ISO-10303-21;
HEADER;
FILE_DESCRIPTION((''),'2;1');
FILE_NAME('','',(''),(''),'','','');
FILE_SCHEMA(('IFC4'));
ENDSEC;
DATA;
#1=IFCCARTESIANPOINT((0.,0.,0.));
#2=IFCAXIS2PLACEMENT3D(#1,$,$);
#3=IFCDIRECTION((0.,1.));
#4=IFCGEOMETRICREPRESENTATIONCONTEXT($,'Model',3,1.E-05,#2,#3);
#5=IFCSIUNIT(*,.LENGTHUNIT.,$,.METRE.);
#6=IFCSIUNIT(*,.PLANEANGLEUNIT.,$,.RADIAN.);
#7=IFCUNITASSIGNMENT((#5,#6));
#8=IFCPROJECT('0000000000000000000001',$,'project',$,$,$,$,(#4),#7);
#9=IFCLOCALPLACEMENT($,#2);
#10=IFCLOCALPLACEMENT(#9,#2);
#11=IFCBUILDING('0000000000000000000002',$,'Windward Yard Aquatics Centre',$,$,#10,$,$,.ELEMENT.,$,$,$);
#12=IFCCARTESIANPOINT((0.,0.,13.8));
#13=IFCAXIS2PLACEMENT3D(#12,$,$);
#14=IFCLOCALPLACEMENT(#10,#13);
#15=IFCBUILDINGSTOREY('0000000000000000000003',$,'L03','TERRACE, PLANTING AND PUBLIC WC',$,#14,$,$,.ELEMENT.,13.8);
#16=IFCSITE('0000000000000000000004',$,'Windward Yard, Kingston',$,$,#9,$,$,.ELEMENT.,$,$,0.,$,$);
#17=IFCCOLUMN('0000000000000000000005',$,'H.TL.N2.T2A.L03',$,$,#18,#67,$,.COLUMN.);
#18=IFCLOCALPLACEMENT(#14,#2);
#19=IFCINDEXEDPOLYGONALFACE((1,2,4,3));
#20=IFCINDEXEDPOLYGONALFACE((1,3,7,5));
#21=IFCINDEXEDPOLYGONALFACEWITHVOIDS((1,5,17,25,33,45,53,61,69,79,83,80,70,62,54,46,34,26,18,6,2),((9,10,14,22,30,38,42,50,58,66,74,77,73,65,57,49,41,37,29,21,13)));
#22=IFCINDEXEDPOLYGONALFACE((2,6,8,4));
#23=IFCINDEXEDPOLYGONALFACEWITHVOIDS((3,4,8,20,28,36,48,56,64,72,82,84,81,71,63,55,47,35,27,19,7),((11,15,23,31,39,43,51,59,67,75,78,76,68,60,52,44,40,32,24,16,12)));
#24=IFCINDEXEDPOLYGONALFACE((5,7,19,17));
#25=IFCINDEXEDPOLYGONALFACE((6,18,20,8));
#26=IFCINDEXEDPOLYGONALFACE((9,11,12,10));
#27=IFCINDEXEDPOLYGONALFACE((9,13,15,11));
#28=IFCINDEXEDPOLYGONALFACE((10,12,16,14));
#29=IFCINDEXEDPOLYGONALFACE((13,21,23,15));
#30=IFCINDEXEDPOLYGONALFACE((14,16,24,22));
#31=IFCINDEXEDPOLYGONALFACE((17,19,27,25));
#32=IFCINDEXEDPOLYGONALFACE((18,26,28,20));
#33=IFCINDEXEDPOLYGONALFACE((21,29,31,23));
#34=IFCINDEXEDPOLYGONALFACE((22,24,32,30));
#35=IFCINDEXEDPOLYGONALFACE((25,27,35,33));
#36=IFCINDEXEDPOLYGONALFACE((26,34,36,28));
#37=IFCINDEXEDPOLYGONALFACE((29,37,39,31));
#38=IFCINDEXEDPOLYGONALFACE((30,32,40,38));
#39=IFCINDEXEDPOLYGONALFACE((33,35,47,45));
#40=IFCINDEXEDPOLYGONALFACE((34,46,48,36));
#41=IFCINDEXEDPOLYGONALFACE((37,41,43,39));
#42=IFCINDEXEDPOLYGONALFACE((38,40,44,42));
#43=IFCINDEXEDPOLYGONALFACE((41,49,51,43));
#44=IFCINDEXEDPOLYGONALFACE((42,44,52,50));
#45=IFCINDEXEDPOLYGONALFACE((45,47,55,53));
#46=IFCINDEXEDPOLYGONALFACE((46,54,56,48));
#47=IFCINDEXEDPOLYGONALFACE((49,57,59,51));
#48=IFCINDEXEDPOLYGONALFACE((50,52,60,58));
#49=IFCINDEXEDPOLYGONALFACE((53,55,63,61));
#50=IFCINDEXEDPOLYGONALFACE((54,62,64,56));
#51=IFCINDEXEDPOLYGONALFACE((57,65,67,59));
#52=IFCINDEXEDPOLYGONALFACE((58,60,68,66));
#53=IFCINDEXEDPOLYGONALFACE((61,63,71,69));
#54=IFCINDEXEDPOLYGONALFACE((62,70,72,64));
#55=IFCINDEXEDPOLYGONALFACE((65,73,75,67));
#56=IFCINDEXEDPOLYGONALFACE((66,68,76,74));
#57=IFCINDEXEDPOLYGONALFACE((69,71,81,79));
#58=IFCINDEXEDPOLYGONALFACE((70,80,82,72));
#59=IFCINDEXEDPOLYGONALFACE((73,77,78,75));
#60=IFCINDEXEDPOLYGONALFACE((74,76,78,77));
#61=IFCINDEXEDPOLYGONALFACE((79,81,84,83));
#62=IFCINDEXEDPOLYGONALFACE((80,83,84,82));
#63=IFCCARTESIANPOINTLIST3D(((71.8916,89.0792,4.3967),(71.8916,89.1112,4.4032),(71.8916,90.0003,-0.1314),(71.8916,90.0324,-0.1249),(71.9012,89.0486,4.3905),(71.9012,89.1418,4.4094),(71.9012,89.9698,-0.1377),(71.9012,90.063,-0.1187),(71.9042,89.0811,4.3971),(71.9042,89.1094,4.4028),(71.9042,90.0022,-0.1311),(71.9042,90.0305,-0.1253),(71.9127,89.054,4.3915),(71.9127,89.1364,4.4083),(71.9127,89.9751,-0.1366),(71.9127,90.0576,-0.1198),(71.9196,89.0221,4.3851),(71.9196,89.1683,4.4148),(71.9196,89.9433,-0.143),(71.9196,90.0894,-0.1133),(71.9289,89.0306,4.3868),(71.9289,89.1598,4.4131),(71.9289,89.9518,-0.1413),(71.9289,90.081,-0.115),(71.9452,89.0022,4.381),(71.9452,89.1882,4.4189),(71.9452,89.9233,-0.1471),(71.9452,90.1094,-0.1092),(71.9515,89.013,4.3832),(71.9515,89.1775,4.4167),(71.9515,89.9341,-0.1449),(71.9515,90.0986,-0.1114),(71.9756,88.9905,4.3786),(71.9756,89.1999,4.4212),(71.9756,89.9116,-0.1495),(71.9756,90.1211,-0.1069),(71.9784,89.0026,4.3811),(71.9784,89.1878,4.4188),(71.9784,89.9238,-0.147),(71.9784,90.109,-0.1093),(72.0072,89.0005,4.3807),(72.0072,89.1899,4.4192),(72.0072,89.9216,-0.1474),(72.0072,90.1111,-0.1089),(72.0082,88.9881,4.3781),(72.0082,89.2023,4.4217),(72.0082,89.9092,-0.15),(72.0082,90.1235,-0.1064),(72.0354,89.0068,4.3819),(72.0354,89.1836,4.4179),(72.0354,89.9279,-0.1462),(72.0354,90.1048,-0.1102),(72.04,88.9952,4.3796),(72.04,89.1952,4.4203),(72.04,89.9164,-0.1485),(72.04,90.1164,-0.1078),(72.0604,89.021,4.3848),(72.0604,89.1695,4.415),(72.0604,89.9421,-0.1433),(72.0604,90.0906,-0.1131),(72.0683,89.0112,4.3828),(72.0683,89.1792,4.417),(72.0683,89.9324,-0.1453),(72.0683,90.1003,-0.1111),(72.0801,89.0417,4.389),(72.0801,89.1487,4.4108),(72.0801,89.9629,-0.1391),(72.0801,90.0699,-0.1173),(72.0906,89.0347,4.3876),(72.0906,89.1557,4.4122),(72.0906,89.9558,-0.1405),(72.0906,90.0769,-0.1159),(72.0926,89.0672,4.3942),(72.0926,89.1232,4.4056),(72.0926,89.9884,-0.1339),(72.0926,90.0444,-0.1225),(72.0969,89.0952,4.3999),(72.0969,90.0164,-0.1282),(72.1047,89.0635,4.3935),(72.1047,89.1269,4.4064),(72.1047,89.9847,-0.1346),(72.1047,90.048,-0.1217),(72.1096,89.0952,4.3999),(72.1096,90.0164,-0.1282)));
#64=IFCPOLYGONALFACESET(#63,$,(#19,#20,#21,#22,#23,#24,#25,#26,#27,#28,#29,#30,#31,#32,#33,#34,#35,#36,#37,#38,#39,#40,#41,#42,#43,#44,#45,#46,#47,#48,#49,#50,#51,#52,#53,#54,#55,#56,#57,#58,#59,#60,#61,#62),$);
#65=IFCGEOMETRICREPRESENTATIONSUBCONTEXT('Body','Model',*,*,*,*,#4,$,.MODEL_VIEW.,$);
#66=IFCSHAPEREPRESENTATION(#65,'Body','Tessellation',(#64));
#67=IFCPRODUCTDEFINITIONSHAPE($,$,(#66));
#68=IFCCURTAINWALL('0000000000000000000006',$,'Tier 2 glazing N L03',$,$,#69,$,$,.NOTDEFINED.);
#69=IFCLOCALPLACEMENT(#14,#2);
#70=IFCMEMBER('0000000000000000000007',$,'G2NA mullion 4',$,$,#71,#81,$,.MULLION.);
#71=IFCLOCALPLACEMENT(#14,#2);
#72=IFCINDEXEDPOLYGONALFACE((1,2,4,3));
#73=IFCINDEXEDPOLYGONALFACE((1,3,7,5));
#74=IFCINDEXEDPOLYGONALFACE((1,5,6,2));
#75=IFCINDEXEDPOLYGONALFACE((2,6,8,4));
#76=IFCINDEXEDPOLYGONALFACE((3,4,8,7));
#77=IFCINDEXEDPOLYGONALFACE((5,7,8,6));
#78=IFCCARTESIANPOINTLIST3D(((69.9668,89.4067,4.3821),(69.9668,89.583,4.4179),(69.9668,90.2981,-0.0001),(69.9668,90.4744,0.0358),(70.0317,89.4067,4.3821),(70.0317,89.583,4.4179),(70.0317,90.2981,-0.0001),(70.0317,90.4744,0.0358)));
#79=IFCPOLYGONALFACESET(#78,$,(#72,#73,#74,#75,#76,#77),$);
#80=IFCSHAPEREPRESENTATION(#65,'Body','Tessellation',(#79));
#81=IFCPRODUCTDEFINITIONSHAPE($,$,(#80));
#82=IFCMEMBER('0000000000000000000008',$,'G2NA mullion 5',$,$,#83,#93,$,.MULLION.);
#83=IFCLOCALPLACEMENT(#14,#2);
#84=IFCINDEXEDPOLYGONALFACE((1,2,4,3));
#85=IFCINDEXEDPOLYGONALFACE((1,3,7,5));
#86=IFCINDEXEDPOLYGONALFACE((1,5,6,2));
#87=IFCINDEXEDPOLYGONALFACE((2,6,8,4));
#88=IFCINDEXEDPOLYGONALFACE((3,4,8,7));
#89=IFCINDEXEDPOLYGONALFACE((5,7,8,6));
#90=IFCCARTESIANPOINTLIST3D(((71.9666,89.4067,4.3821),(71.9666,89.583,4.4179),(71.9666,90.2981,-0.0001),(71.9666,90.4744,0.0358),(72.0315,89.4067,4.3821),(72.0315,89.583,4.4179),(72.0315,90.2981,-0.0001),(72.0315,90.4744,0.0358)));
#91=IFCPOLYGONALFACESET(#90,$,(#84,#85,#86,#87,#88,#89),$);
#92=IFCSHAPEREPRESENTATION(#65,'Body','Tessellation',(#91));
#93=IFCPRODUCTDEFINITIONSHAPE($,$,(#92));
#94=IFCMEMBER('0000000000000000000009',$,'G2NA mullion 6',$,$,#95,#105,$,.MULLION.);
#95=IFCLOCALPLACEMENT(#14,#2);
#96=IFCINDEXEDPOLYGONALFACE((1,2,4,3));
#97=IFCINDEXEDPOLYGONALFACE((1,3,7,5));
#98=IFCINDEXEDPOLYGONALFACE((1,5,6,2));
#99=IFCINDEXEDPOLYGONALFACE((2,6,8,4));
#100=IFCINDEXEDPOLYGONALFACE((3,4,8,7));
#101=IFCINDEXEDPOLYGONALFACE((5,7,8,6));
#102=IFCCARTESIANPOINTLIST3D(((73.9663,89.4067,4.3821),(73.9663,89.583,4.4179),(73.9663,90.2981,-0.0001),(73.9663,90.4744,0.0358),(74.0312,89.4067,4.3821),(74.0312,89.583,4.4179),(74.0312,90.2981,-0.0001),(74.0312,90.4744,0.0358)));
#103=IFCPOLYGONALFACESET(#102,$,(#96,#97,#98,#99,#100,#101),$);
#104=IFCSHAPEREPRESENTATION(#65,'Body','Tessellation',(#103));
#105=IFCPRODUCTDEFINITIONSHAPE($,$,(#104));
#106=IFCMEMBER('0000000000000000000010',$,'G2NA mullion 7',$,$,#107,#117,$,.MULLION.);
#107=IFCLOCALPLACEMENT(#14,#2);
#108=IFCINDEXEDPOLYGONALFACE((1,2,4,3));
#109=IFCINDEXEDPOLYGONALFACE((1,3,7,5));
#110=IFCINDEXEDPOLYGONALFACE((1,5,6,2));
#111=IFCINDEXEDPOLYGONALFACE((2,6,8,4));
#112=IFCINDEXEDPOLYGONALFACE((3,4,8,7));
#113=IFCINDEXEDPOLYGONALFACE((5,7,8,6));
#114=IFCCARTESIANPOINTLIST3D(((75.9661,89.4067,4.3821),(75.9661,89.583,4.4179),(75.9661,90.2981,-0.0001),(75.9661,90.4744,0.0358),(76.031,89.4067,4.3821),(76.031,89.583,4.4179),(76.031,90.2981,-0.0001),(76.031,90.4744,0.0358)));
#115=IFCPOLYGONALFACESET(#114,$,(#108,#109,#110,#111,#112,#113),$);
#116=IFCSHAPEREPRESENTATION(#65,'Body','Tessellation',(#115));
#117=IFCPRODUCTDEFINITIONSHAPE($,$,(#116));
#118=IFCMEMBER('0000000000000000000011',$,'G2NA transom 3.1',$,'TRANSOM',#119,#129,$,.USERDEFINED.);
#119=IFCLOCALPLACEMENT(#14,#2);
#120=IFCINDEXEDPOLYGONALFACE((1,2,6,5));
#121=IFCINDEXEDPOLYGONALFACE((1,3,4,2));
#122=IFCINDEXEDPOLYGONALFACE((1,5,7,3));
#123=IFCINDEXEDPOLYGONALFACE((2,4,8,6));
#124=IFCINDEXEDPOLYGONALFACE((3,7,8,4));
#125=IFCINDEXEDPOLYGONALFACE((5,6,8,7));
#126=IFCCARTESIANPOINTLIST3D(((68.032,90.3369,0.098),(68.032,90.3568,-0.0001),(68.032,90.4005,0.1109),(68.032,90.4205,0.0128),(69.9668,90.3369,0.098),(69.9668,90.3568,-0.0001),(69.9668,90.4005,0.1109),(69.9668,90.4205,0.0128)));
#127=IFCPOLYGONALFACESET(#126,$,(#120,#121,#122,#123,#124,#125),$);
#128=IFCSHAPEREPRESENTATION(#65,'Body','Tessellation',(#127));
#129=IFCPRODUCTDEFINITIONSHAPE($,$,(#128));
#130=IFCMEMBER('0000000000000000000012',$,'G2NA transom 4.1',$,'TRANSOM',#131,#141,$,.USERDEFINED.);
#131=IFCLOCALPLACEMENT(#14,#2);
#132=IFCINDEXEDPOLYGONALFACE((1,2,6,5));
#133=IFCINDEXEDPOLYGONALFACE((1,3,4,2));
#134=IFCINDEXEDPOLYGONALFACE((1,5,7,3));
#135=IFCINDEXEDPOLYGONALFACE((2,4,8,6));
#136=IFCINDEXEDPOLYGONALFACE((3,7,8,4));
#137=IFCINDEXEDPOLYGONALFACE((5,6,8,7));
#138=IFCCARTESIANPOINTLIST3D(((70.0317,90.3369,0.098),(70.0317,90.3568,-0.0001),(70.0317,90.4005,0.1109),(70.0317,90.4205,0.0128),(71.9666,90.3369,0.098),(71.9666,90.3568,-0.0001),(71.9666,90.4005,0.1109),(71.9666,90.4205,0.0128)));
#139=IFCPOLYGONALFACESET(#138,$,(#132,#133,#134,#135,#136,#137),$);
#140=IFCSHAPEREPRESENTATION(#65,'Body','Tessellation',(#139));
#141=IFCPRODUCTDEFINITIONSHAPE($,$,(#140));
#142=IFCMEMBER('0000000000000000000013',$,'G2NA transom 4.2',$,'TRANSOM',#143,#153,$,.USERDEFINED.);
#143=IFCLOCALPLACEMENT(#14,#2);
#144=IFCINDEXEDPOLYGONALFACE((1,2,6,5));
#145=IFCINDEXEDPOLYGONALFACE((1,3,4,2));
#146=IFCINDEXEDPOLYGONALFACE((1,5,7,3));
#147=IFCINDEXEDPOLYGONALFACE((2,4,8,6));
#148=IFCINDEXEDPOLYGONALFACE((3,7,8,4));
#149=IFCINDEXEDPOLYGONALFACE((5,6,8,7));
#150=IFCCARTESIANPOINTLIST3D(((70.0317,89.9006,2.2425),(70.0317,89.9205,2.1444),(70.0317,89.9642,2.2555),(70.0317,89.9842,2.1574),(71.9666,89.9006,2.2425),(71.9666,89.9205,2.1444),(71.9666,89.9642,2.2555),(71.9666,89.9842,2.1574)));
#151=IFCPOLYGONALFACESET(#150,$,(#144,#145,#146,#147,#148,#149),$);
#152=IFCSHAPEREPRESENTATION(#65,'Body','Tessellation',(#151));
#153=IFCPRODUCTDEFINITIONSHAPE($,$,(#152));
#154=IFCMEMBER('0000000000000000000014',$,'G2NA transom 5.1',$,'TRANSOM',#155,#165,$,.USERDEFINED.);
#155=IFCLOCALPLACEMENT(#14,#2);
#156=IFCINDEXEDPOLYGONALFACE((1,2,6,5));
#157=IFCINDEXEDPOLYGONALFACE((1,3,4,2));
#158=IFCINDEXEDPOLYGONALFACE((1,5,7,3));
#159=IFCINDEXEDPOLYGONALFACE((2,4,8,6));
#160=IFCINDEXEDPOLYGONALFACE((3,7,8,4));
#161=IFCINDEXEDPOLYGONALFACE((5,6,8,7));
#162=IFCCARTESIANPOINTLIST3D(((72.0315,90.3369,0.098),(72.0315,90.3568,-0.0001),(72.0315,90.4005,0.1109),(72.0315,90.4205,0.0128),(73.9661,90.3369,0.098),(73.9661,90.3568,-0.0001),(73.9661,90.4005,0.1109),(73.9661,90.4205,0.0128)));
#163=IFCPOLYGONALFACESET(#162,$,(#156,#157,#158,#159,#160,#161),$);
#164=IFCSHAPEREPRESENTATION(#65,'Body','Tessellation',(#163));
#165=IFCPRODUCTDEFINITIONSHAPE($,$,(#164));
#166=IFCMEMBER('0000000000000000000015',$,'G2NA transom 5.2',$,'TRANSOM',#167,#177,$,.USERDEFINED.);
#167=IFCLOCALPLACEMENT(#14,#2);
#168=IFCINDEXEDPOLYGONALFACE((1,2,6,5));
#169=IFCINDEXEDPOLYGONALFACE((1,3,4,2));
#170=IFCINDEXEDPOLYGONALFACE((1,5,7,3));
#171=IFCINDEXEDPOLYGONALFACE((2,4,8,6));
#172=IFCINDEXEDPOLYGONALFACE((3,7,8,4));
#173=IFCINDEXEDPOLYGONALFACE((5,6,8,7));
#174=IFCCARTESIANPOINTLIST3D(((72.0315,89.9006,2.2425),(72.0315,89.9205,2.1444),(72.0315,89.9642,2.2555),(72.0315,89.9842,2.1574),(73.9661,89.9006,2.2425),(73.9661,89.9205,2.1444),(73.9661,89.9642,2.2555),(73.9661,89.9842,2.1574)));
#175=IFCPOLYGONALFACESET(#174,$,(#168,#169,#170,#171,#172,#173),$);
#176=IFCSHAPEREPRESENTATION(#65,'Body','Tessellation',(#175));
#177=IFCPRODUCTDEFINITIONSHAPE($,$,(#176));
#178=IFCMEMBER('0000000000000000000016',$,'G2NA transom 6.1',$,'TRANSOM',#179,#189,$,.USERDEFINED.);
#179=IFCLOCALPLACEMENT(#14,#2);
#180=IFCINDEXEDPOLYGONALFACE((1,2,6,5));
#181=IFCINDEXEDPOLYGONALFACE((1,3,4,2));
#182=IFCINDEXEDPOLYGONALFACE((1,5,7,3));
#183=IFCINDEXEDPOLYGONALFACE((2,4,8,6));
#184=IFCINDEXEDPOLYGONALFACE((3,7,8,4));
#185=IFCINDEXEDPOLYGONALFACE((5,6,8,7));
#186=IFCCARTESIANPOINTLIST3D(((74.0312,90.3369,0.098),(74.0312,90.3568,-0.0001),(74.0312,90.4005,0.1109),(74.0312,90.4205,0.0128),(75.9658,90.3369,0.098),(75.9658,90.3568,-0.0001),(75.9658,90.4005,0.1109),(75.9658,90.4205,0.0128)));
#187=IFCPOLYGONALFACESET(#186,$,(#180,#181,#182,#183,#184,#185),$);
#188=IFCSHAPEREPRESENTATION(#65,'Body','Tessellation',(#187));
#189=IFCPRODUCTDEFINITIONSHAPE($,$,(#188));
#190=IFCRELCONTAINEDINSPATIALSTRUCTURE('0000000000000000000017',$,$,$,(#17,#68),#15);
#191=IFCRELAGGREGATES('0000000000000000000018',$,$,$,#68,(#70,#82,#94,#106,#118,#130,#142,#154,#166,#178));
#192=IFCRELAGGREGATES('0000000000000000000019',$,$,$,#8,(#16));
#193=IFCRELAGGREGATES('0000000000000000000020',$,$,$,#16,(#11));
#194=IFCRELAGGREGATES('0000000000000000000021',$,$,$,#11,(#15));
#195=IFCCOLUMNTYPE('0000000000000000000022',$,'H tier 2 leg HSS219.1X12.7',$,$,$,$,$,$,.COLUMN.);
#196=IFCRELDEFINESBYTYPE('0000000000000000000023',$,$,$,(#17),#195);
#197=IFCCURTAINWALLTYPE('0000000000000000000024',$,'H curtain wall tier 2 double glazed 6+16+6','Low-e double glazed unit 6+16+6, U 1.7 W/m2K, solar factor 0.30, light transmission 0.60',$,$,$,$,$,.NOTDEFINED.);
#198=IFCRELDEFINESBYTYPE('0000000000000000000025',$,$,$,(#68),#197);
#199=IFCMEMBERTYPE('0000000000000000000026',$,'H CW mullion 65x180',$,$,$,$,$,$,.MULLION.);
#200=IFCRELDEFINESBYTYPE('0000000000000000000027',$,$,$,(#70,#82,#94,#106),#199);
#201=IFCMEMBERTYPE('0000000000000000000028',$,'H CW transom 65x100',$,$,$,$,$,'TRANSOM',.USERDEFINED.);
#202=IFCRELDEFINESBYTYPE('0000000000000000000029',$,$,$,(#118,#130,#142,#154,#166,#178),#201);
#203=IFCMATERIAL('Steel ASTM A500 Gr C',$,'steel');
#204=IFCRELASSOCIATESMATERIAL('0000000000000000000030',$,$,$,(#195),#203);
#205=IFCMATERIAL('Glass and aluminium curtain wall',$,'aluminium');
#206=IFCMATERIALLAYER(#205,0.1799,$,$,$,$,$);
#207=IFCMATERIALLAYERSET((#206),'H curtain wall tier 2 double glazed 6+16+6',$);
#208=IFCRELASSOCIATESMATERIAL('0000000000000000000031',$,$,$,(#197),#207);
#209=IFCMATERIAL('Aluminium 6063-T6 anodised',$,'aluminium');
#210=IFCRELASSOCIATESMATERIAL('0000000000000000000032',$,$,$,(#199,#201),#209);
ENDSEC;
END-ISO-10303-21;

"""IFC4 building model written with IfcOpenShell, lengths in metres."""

from ifc_helpers import new_model, si_unit, direction, frame, origin, origin_2d, place, context, subcontext, project, spatial, rectangle, hollow_circle, extrude, material, layer, layer_set, material_profile, profile_set, type_object, element, aggregate, save


model = new_model("IFC4")

# Units and contexts
model_context = context("Model", 3, precision=1e-05, world=origin(), true_north=direction((0.0, 1.0)))
body_context = subcontext(model_context, "Body", "Model", "MODEL_VIEW")
ifc_project = project(units=[si_unit("LENGTHUNIT", "METRE"), si_unit("PLANEANGLEUNIT", "RADIAN")], contexts=[model_context])

# Site, building, storey
site_placement = place(None, origin())
site = spatial("IfcSite", under=ifc_project, at=site_placement, Name="Windward Yard, Kingston", CompositionType="ELEMENT", RefElevation=0.0)
building_placement = place(site_placement, origin())
building = spatial("IfcBuilding", under=site, at=building_placement, Name="Windward Yard Aquatics Centre", CompositionType="ELEMENT")
storey_placement = place(building_placement, frame((0.0, 0.0, 13.8)))
storey = spatial("IfcBuildingStorey", under=building, at=storey_placement, Name="L03", Description="TERRACE, PLANTING AND PUBLIC WC", CompositionType="ELEMENT", Elevation=13.8)

# Column
ifc_material_1 = material(Name="Steel ASTM A500 Gr C", Category="steel")
ifc_material_profile_1 = material_profile(ifc_material_1, hollow_circle(Radius=0.1096, WallThickness=0.0127, at=origin_2d()), Name="HSS219.1X12.7")
ifc_profile_set_1 = profile_set([ifc_material_profile_1], Name="Steel ASTM A500 Gr C")
column_type = type_object("IfcColumnType", Name="H tier 2 leg HSS219.1X12.7", PredefinedType="COLUMN", material=ifc_profile_set_1)
column_placement = place(storey_placement, frame((72.0, 90.0164, -0.1282), z_axis=(0.0, -0.199346, 0.979929), x_axis=(1.0, 0.0, 0.0)))
element("IfcColumn", 1, at=column_placement, inside=storey, type_object=column_type, Name="H.TL.N2.T2A.L03", PredefinedType="COLUMN", context=body_context, shape_type="SweptSolid", body=[
    extrude(hollow_circle(Radius=0.1096, WallThickness=0.0127, at=origin_2d()), origin(), (0.0, 0.0, 1.0), 4.6208),
])

# Curtain wall, members
ifc_material_2 = material(Name="Glass and aluminium curtain wall", Category="aluminium")
ifc_layer_1 = layer(ifc_material_2, 0.1799)
ifc_layer_set_1 = layer_set([ifc_layer_1], Name="H curtain wall tier 2 double glazed 6+16+6")
curtain_wall_type = type_object("IfcCurtainWallType", Name="H curtain wall tier 2 double glazed 6+16+6", Description="Low-e double glazed unit 6+16+6, U 1.7 W/m2K, solar factor 0.30, light transmission 0.60", PredefinedType="NOTDEFINED", material=ifc_layer_set_1)
curtain_wall_placement = place(storey_placement, origin())
curtain_wall = element("IfcCurtainWall", 2, at=curtain_wall_placement, inside=storey, type_object=curtain_wall_type, Name="Tier 2 glazing N L03", PredefinedType="NOTDEFINED")
ifc_material_3 = material(Name="Aluminium 6063-T6 anodised", Category="aluminium")
ifc_material_profile_2 = material_profile(ifc_material_3, rectangle(XDim=0.0649, YDim=0.1799, at=origin_2d()), Name="H CW mullion 65x180")
ifc_profile_set_2 = profile_set([ifc_material_profile_2], Name="Aluminium 6063-T6 anodised")
member_type_1 = type_object("IfcMemberType", Name="H CW mullion 65x180", PredefinedType="MULLION", material=ifc_profile_set_2)
member_1_placement = place(storey_placement, frame((69.9993, 90.3862, 0.0178), z_axis=(0.0, -0.199328, 0.979933), x_axis=(1.0, 0.0, 0.0)))
member_1 = element("IfcMember", 3, at=member_1_placement, type_object=member_type_1, Name="G2NA mullion 4", PredefinedType="MULLION", context=body_context, shape_type="SweptSolid", body=[
    extrude(rectangle(XDim=0.0649, YDim=0.1799, at=origin_2d()), origin(), (0.0, 0.0, 1.0), 4.4719),
])
member_2_placement = place(storey_placement, frame((71.999, 90.3862, 0.0178), z_axis=(0.0, -0.199328, 0.979933), x_axis=(1.0, 0.0, 0.0)))
member_2 = element("IfcMember", 4, at=member_2_placement, type_object=member_type_1, Name="G2NA mullion 5", PredefinedType="MULLION", context=body_context, shape_type="SweptSolid", body=[
    extrude(rectangle(XDim=0.0649, YDim=0.1799, at=origin_2d()), origin(), (0.0, 0.0, 1.0), 4.4719),
])
member_3_placement = place(storey_placement, frame((73.9988, 90.3862, 0.0178), z_axis=(0.0, -0.199328, 0.979933), x_axis=(1.0, 0.0, 0.0)))
member_3 = element("IfcMember", 5, at=member_3_placement, type_object=member_type_1, Name="G2NA mullion 6", PredefinedType="MULLION", context=body_context, shape_type="SweptSolid", body=[
    extrude(rectangle(XDim=0.0649, YDim=0.1799, at=origin_2d()), origin(), (0.0, 0.0, 1.0), 4.4719),
])
member_4_placement = place(storey_placement, frame((75.9985, 90.3862, 0.0178), z_axis=(0.0, -0.199328, 0.979933), x_axis=(1.0, 0.0, 0.0)))
member_4 = element("IfcMember", 6, at=member_4_placement, type_object=member_type_1, Name="G2NA mullion 7", PredefinedType="MULLION", context=body_context, shape_type="SweptSolid", body=[
    extrude(rectangle(XDim=0.0649, YDim=0.1799, at=origin_2d()), origin(), (0.0, 0.0, 1.0), 4.4719),
])
ifc_material_profile_3 = material_profile(ifc_material_3, rectangle(XDim=0.0649, YDim=0.1001, at=origin_2d()), Name="H CW transom 65x100")
ifc_profile_set_3 = profile_set([ifc_material_profile_3], Name="Aluminium 6063-T6 anodised")
member_type_2 = type_object("IfcMemberType", Name="H CW transom 65x100", ElementType="TRANSOM", PredefinedType="USERDEFINED", material=ifc_profile_set_3)
member_5_placement = place(storey_placement, frame((68.032, 90.3787, 0.0554), z_axis=(1.0, 0.0, 0.0), x_axis=(0.0, 0.979925, 0.199368)))
member_5 = element("IfcMember", 7, at=member_5_placement, type_object=member_type_2, Name="G2NA transom 3.1", ObjectType="TRANSOM", PredefinedType="USERDEFINED", context=body_context, shape_type="SweptSolid", body=[
    extrude(rectangle(XDim=0.0649, YDim=0.1001, at=origin_2d()), origin(), (0.0, 0.0, 1.0), 1.9348),
])
member_6_placement = place(storey_placement, frame((70.0317, 90.3787, 0.0554), z_axis=(1.0, 0.0, 0.0), x_axis=(0.0, 0.979925, 0.199368)))
member_6 = element("IfcMember", 8, at=member_6_placement, type_object=member_type_2, Name="G2NA transom 4.1", ObjectType="TRANSOM", PredefinedType="USERDEFINED", context=body_context, shape_type="SweptSolid", body=[
    extrude(rectangle(XDim=0.0649, YDim=0.1001, at=origin_2d()), origin(), (0.0, 0.0, 1.0), 1.9348),
])
member_7_placement = place(storey_placement, frame((70.0317, 89.9424, 2.2), z_axis=(1.0, 0.0, 0.0), x_axis=(0.0, 0.979925, 0.199368)))
member_7 = element("IfcMember", 9, at=member_7_placement, type_object=member_type_2, Name="G2NA transom 4.2", ObjectType="TRANSOM", PredefinedType="USERDEFINED", context=body_context, shape_type="SweptSolid", body=[
    extrude(rectangle(XDim=0.0649, YDim=0.1001, at=origin_2d()), origin(), (0.0, 0.0, 1.0), 1.9348),
])
member_8_placement = place(storey_placement, frame((72.0315, 90.3787, 0.0554), z_axis=(1.0, 0.0, 0.0), x_axis=(0.0, 0.979925, 0.199368)))
member_8 = element("IfcMember", 10, at=member_8_placement, type_object=member_type_2, Name="G2NA transom 5.1", ObjectType="TRANSOM", PredefinedType="USERDEFINED", context=body_context, shape_type="SweptSolid", body=[
    extrude(rectangle(XDim=0.0649, YDim=0.1001, at=origin_2d()), origin(), (0.0, 0.0, 1.0), 1.9346),
])
member_9_placement = place(storey_placement, frame((72.0315, 89.9424, 2.2), z_axis=(1.0, 0.0, 0.0), x_axis=(0.0, 0.979925, 0.199368)))
member_9 = element("IfcMember", 11, at=member_9_placement, type_object=member_type_2, Name="G2NA transom 5.2", ObjectType="TRANSOM", PredefinedType="USERDEFINED", context=body_context, shape_type="SweptSolid", body=[
    extrude(rectangle(XDim=0.0649, YDim=0.1001, at=origin_2d()), origin(), (0.0, 0.0, 1.0), 1.9346),
])
member_10_placement = place(storey_placement, frame((74.0312, 90.3787, 0.0554), z_axis=(1.0, 0.0, 0.0), x_axis=(0.0, 0.979925, 0.199368)))
member_10 = element("IfcMember", 12, at=member_10_placement, type_object=member_type_2, Name="G2NA transom 6.1", ObjectType="TRANSOM", PredefinedType="USERDEFINED", context=body_context, shape_type="SweptSolid", body=[
    extrude(rectangle(XDim=0.0649, YDim=0.1001, at=origin_2d()), origin(), (0.0, 0.0, 1.0), 1.9346),
])

aggregate(curtain_wall, [member_1, member_2, member_3, member_4, member_5, member_6, member_7, member_8, member_9, member_10])

save(model, "model.ifc")
